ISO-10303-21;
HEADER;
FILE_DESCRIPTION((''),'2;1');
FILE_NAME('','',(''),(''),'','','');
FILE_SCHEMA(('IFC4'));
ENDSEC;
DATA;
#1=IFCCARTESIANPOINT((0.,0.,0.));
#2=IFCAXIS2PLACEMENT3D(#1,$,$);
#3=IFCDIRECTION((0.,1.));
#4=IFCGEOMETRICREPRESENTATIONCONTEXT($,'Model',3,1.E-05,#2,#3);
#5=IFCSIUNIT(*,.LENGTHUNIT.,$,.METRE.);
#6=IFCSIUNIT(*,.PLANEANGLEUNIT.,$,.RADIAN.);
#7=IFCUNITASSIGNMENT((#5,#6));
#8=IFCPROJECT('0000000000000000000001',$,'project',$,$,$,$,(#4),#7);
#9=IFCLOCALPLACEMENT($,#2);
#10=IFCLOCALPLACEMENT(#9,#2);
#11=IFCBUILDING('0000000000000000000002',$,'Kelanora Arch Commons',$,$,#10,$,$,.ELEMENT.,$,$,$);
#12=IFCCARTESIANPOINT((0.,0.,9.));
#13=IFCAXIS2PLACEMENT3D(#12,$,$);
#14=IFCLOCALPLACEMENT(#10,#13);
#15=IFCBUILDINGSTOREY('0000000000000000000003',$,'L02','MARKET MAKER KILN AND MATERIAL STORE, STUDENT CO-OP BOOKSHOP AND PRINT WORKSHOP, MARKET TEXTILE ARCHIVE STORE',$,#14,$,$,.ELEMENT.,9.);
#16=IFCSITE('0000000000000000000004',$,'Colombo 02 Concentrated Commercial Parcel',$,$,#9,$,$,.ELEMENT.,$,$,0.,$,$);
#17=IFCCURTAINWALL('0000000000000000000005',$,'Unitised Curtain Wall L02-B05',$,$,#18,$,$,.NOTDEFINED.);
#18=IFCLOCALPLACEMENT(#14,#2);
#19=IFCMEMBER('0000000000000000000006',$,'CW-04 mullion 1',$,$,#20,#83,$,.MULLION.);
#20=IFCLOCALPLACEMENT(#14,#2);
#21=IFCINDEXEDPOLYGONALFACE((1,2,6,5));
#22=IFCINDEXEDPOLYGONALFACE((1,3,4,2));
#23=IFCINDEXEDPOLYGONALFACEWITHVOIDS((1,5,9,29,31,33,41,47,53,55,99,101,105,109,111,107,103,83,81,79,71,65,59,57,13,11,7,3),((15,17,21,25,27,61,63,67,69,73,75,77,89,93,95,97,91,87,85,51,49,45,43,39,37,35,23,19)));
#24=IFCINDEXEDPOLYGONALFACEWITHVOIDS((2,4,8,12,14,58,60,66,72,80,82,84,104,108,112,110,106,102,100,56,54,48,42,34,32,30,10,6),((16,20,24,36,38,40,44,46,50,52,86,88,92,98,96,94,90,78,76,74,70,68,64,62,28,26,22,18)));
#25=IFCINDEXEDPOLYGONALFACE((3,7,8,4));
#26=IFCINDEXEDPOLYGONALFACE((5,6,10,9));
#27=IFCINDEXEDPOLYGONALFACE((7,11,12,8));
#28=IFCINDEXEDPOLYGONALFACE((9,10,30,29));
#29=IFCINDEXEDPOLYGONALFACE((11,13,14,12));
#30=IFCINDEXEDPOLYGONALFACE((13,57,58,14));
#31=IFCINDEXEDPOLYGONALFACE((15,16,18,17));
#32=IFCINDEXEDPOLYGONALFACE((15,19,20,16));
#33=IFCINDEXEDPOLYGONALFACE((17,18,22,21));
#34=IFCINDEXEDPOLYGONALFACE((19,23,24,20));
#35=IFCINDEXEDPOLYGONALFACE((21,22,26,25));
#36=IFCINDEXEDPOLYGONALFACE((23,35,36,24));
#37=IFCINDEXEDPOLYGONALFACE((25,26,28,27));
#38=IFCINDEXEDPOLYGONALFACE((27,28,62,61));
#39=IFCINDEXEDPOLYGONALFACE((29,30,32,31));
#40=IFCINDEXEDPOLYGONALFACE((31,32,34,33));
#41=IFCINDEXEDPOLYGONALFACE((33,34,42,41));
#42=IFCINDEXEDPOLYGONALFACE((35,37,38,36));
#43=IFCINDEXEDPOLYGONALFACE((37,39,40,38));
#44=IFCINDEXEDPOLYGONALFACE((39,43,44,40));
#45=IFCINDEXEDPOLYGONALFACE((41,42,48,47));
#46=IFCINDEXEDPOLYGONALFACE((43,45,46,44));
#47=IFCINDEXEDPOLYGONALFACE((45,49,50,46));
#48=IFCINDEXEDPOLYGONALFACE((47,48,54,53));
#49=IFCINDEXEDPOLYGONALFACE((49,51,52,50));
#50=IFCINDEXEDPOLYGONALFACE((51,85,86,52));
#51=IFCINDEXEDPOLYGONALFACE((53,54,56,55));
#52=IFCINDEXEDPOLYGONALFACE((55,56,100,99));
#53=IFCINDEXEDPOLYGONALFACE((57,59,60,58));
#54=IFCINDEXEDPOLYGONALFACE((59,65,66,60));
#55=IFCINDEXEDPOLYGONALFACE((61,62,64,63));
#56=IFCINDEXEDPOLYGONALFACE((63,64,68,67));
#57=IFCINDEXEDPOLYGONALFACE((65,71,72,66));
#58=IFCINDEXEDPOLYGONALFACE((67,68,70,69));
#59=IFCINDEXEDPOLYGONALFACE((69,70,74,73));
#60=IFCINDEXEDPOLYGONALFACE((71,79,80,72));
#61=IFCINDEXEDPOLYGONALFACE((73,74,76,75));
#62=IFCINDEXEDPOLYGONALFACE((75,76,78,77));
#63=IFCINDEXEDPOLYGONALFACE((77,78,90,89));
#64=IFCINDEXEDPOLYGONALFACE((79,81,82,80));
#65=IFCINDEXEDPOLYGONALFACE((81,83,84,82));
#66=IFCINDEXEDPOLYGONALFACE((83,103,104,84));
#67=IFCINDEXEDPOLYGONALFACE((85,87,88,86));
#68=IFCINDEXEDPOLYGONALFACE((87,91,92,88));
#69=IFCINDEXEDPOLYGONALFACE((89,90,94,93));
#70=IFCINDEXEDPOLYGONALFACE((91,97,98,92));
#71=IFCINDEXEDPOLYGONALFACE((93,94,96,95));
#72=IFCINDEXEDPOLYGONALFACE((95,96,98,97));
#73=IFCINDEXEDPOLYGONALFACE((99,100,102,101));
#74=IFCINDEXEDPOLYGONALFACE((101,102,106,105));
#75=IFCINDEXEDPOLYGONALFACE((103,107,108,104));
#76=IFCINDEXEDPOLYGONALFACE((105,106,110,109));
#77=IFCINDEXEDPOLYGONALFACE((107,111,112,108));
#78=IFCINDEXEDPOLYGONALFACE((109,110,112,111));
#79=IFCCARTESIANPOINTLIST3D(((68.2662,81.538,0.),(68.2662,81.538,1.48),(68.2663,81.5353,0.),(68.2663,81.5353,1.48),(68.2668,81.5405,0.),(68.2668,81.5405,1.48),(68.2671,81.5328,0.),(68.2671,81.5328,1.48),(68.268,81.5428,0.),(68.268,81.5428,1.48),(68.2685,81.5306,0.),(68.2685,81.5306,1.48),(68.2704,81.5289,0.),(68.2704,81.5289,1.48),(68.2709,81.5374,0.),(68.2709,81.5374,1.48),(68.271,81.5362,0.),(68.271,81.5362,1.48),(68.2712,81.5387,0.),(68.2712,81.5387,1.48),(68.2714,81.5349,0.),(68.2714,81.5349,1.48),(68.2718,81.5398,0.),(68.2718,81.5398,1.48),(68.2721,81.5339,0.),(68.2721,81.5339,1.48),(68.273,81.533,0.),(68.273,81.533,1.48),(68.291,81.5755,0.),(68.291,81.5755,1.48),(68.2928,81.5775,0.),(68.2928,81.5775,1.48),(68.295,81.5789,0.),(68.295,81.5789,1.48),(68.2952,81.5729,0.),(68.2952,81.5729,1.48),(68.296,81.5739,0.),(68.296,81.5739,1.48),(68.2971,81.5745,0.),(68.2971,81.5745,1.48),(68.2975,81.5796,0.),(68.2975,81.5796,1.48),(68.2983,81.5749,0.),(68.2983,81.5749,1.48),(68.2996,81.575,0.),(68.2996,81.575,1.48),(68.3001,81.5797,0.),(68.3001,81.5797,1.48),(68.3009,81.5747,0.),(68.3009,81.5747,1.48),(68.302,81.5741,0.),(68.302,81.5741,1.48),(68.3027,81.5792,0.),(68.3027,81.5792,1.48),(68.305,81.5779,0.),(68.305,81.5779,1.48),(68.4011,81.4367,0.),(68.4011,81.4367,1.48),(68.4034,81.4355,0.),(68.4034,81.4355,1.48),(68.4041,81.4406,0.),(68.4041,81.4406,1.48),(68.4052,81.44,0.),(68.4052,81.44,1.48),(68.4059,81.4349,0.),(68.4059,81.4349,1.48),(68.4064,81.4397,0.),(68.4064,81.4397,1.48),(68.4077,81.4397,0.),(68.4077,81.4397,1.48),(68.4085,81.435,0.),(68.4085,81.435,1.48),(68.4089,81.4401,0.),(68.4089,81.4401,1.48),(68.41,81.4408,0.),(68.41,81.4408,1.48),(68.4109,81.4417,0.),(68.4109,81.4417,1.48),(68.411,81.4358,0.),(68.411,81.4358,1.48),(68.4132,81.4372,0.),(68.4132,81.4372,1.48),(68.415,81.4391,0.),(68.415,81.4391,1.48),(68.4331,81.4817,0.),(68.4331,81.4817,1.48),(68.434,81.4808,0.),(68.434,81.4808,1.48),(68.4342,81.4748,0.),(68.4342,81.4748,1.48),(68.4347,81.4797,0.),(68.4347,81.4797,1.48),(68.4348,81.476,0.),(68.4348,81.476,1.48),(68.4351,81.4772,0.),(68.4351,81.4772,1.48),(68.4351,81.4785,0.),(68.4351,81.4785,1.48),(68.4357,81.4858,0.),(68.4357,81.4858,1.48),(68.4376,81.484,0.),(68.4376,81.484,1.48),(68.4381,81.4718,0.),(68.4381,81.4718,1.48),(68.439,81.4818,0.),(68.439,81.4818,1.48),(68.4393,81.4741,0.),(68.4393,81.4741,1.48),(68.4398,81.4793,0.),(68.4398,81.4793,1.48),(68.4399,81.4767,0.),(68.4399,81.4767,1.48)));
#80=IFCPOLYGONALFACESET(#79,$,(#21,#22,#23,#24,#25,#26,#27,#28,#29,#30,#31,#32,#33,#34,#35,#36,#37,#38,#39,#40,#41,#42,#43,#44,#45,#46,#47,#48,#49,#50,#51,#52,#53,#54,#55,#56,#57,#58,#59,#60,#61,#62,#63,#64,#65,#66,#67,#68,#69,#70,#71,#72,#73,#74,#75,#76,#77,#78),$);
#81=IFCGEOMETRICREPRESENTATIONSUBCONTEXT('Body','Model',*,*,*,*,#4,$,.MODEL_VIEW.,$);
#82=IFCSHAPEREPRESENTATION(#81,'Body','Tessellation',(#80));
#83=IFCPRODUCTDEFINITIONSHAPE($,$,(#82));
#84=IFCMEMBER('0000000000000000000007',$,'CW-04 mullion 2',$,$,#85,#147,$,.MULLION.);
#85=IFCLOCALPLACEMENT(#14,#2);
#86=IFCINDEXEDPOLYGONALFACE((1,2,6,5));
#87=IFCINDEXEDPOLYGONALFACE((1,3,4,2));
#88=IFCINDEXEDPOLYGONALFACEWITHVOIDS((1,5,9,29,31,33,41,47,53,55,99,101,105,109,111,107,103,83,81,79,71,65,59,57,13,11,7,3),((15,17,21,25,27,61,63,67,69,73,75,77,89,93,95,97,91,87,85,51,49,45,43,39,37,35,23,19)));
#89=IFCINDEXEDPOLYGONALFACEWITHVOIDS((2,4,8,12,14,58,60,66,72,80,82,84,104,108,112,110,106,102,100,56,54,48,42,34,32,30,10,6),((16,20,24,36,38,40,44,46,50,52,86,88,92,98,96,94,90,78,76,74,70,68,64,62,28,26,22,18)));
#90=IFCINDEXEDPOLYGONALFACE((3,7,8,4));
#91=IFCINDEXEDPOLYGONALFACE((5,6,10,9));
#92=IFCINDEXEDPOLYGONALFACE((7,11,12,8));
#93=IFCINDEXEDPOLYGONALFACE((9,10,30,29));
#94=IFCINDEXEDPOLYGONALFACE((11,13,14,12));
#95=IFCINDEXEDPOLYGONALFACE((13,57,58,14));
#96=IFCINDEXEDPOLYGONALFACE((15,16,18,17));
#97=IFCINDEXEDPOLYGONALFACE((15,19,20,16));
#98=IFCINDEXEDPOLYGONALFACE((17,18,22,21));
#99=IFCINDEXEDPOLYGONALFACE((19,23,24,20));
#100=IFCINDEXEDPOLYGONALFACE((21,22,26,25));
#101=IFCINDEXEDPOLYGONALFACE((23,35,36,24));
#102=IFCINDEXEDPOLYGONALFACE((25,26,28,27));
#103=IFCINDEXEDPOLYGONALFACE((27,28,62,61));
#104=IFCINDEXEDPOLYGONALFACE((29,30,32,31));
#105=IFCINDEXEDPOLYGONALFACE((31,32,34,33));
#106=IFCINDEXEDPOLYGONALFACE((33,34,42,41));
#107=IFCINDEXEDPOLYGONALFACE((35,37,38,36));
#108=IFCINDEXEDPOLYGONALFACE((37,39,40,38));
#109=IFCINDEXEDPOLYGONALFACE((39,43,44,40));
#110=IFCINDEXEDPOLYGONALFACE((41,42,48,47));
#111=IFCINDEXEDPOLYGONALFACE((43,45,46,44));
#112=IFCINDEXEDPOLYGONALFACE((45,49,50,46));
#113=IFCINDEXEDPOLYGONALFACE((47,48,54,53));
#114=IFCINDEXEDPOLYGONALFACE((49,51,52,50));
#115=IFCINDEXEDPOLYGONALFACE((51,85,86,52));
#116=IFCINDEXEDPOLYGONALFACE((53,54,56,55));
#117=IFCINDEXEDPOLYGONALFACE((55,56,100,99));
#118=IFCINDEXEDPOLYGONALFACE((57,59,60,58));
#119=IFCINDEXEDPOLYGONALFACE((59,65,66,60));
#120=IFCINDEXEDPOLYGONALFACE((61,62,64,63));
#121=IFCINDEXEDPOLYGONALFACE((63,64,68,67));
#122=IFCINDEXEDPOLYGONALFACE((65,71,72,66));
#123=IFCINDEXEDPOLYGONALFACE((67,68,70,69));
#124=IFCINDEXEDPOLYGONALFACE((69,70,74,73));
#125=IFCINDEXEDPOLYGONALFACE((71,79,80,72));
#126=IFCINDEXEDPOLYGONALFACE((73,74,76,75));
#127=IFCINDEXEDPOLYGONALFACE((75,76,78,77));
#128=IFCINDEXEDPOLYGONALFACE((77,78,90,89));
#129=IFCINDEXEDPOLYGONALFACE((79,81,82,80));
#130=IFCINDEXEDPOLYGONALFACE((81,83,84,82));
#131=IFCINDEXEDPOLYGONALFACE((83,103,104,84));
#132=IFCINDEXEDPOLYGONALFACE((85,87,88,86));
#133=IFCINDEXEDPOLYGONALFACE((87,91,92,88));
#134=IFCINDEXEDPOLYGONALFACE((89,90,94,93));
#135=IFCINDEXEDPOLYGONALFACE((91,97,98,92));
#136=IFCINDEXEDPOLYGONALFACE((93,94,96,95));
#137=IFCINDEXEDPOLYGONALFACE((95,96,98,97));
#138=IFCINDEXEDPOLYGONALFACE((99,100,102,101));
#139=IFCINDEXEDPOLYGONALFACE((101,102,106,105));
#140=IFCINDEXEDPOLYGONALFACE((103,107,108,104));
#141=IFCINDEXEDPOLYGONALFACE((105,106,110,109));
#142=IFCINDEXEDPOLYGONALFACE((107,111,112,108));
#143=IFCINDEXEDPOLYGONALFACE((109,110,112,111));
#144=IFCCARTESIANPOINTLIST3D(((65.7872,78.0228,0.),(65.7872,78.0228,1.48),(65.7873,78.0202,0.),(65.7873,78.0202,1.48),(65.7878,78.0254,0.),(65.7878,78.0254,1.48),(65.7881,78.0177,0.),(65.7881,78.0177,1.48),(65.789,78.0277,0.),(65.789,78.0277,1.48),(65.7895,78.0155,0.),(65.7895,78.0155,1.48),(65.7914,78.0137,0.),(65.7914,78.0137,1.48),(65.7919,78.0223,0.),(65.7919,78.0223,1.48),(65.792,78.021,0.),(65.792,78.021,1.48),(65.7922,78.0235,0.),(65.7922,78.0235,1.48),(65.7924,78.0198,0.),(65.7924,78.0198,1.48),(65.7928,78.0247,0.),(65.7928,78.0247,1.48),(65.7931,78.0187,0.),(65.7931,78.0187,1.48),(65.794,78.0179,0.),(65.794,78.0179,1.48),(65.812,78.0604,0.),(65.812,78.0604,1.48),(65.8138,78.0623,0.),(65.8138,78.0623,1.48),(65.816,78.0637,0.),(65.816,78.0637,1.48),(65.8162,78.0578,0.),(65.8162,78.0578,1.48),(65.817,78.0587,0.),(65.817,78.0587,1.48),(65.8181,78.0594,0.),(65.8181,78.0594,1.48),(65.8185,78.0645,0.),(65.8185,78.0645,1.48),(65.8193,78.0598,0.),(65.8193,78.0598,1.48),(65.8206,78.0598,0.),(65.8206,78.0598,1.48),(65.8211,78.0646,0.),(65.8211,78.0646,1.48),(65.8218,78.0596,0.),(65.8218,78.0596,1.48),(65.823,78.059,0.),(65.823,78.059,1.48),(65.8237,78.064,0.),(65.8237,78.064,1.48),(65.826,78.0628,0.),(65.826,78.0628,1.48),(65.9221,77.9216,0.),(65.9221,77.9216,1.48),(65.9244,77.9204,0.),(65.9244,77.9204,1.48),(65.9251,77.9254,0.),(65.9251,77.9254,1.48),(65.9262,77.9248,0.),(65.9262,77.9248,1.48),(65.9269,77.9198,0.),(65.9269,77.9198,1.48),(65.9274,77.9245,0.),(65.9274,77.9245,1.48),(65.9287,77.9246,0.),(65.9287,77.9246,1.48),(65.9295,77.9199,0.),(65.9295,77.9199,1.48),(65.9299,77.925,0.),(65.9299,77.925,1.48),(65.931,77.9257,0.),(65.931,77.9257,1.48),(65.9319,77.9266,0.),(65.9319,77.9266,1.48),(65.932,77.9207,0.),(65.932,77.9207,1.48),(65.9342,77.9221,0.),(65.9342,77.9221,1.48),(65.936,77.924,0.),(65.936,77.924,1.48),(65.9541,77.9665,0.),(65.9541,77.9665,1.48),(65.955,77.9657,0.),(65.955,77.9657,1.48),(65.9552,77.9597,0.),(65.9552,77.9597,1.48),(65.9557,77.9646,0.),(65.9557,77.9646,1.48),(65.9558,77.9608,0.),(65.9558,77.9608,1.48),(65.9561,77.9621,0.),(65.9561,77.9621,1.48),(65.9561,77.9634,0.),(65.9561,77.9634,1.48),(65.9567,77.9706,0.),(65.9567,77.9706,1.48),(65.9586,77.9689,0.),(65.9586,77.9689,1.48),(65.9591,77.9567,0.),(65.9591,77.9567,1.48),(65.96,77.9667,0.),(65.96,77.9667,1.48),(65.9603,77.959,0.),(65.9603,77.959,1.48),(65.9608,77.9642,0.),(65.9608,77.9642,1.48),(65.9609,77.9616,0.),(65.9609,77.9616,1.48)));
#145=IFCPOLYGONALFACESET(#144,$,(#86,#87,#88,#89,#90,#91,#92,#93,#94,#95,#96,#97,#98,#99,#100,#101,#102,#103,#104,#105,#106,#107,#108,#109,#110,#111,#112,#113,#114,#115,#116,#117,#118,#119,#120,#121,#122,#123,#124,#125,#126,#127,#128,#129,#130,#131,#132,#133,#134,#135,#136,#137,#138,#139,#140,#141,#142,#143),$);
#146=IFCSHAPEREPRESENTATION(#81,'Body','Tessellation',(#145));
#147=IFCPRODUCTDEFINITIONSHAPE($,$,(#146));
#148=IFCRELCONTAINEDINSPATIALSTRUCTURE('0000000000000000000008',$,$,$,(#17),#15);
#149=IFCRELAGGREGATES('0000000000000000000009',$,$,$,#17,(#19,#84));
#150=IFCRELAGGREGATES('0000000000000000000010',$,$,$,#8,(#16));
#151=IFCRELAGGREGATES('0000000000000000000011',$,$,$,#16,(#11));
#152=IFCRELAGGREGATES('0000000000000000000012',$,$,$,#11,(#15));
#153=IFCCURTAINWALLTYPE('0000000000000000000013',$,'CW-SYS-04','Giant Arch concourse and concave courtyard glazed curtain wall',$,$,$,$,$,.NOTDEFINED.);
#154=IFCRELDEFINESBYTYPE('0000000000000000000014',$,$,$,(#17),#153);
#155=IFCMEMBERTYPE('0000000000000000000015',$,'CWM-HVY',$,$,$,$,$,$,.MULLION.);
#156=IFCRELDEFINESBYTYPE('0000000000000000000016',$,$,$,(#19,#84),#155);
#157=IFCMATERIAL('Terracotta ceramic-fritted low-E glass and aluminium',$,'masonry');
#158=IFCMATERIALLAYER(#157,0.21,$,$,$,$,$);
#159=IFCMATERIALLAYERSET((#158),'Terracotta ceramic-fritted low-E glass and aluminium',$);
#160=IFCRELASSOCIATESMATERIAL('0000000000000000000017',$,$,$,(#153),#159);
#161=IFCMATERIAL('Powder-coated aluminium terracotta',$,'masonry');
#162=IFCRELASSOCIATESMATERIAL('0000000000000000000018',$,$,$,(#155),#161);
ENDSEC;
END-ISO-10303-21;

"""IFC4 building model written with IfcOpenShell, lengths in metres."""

from ifc_helpers import new_model, si_unit, direction, frame, origin, origin_2d, place, context, subcontext, project, spatial, hollow_rectangle, extrude, material, layer, layer_set, material_profile, profile_set, type_object, element, aggregate, save


model = new_model("IFC4")

# Units and contexts
model_context = context("Model", 3, precision=1e-05, world=origin(), true_north=direction((0.0, 1.0)))
body_context = subcontext(model_context, "Body", "Model", "MODEL_VIEW")
ifc_project = project(units=[si_unit("LENGTHUNIT", "METRE"), si_unit("PLANEANGLEUNIT", "RADIAN")], contexts=[model_context])

# Site, building, storey
site_placement = place(None, origin())
site = spatial("IfcSite", under=ifc_project, at=site_placement, Name="Colombo 02 Concentrated Commercial Parcel", CompositionType="ELEMENT", RefElevation=0.0)
building_placement = place(site_placement, origin())
building = spatial("IfcBuilding", under=site, at=building_placement, Name="Kelanora Arch Commons", CompositionType="ELEMENT")
storey_placement = place(building_placement, frame((0.0, 0.0, 9.0)))
storey = spatial("IfcBuildingStorey", under=building, at=storey_placement, Name="L02", Description="MARKET MAKER KILN AND MATERIAL STORE, STUDENT CO-OP BOOKSHOP AND PRINT WORKSHOP, MARKET TEXTILE ARCHIVE STORE", CompositionType="ELEMENT", Elevation=9.0)

# Curtain wall, members
ifc_material_1 = material(Name="Terracotta ceramic-fritted low-E glass and aluminium", Category="masonry")
ifc_layer_1 = layer(ifc_material_1, 0.21)
ifc_layer_set_1 = layer_set([ifc_layer_1], Name="Terracotta ceramic-fritted low-E glass and aluminium")
curtain_wall_type = type_object("IfcCurtainWallType", Name="CW-SYS-04", Description="Giant Arch concourse and concave courtyard glazed curtain wall", PredefinedType="NOTDEFINED", material=ifc_layer_set_1)
curtain_wall_1_placement = place(storey_placement, origin())
curtain_wall_1 = element("IfcCurtainWall", 1, at=curtain_wall_1_placement, inside=storey, type_object=curtain_wall_type, Name="Unitised Curtain Wall L02-B05", PredefinedType="NOTDEFINED")
ifc_material_2 = material(Name="Powder-coated aluminium terracotta", Category="masonry")
ifc_material_profile_1 = material_profile(ifc_material_2, hollow_rectangle(XDim=0.1799, YDim=0.0601, WallThickness=0.0049, InnerFilletRadius=0.0049, OuterFilletRadius=0.01, at=origin_2d()), Name="CWM180x60")
ifc_profile_set_1 = profile_set([ifc_material_profile_1], Name="Powder-coated aluminium terracotta")
member_type_1 = type_object("IfcMemberType", Name="CWM-HVY", PredefinedType="MULLION", material=ifc_profile_set_1)
member_1_placement = place(storey_placement, frame((68.353, 81.5073, 0.0), z_axis=(0.0, 0.0, 1.0), x_axis=(0.817206, -0.576345, 0.0)))
member_1 = element("IfcMember", 2, at=member_1_placement, type_object=member_type_1, Name="CW-04 mullion 1", PredefinedType="MULLION", context=body_context, shape_type="SweptSolid", body=[
    extrude(hollow_rectangle(XDim=0.1799, YDim=0.0601, WallThickness=0.0049, InnerFilletRadius=0.0049, OuterFilletRadius=0.01, at=origin_2d()), origin(), (0.0, 0.0, 1.0), 1.48),
])
member_2_placement = place(storey_placement, frame((65.874, 77.9922, 0.0), z_axis=(0.0, 0.0, 1.0), x_axis=(0.817206, -0.576345, 0.0)))
member_2 = element("IfcMember", 3, at=member_2_placement, type_object=member_type_1, Name="CW-04 mullion 2", PredefinedType="MULLION", context=body_context, shape_type="SweptSolid", body=[
    extrude(hollow_rectangle(XDim=0.1799, YDim=0.0601, WallThickness=0.0049, InnerFilletRadius=0.0049, OuterFilletRadius=0.01, at=origin_2d()), origin(), (0.0, 0.0, 1.0), 1.48),
])

aggregate(curtain_wall_1, [member_1, member_2])

save(model, "model.ifc")
